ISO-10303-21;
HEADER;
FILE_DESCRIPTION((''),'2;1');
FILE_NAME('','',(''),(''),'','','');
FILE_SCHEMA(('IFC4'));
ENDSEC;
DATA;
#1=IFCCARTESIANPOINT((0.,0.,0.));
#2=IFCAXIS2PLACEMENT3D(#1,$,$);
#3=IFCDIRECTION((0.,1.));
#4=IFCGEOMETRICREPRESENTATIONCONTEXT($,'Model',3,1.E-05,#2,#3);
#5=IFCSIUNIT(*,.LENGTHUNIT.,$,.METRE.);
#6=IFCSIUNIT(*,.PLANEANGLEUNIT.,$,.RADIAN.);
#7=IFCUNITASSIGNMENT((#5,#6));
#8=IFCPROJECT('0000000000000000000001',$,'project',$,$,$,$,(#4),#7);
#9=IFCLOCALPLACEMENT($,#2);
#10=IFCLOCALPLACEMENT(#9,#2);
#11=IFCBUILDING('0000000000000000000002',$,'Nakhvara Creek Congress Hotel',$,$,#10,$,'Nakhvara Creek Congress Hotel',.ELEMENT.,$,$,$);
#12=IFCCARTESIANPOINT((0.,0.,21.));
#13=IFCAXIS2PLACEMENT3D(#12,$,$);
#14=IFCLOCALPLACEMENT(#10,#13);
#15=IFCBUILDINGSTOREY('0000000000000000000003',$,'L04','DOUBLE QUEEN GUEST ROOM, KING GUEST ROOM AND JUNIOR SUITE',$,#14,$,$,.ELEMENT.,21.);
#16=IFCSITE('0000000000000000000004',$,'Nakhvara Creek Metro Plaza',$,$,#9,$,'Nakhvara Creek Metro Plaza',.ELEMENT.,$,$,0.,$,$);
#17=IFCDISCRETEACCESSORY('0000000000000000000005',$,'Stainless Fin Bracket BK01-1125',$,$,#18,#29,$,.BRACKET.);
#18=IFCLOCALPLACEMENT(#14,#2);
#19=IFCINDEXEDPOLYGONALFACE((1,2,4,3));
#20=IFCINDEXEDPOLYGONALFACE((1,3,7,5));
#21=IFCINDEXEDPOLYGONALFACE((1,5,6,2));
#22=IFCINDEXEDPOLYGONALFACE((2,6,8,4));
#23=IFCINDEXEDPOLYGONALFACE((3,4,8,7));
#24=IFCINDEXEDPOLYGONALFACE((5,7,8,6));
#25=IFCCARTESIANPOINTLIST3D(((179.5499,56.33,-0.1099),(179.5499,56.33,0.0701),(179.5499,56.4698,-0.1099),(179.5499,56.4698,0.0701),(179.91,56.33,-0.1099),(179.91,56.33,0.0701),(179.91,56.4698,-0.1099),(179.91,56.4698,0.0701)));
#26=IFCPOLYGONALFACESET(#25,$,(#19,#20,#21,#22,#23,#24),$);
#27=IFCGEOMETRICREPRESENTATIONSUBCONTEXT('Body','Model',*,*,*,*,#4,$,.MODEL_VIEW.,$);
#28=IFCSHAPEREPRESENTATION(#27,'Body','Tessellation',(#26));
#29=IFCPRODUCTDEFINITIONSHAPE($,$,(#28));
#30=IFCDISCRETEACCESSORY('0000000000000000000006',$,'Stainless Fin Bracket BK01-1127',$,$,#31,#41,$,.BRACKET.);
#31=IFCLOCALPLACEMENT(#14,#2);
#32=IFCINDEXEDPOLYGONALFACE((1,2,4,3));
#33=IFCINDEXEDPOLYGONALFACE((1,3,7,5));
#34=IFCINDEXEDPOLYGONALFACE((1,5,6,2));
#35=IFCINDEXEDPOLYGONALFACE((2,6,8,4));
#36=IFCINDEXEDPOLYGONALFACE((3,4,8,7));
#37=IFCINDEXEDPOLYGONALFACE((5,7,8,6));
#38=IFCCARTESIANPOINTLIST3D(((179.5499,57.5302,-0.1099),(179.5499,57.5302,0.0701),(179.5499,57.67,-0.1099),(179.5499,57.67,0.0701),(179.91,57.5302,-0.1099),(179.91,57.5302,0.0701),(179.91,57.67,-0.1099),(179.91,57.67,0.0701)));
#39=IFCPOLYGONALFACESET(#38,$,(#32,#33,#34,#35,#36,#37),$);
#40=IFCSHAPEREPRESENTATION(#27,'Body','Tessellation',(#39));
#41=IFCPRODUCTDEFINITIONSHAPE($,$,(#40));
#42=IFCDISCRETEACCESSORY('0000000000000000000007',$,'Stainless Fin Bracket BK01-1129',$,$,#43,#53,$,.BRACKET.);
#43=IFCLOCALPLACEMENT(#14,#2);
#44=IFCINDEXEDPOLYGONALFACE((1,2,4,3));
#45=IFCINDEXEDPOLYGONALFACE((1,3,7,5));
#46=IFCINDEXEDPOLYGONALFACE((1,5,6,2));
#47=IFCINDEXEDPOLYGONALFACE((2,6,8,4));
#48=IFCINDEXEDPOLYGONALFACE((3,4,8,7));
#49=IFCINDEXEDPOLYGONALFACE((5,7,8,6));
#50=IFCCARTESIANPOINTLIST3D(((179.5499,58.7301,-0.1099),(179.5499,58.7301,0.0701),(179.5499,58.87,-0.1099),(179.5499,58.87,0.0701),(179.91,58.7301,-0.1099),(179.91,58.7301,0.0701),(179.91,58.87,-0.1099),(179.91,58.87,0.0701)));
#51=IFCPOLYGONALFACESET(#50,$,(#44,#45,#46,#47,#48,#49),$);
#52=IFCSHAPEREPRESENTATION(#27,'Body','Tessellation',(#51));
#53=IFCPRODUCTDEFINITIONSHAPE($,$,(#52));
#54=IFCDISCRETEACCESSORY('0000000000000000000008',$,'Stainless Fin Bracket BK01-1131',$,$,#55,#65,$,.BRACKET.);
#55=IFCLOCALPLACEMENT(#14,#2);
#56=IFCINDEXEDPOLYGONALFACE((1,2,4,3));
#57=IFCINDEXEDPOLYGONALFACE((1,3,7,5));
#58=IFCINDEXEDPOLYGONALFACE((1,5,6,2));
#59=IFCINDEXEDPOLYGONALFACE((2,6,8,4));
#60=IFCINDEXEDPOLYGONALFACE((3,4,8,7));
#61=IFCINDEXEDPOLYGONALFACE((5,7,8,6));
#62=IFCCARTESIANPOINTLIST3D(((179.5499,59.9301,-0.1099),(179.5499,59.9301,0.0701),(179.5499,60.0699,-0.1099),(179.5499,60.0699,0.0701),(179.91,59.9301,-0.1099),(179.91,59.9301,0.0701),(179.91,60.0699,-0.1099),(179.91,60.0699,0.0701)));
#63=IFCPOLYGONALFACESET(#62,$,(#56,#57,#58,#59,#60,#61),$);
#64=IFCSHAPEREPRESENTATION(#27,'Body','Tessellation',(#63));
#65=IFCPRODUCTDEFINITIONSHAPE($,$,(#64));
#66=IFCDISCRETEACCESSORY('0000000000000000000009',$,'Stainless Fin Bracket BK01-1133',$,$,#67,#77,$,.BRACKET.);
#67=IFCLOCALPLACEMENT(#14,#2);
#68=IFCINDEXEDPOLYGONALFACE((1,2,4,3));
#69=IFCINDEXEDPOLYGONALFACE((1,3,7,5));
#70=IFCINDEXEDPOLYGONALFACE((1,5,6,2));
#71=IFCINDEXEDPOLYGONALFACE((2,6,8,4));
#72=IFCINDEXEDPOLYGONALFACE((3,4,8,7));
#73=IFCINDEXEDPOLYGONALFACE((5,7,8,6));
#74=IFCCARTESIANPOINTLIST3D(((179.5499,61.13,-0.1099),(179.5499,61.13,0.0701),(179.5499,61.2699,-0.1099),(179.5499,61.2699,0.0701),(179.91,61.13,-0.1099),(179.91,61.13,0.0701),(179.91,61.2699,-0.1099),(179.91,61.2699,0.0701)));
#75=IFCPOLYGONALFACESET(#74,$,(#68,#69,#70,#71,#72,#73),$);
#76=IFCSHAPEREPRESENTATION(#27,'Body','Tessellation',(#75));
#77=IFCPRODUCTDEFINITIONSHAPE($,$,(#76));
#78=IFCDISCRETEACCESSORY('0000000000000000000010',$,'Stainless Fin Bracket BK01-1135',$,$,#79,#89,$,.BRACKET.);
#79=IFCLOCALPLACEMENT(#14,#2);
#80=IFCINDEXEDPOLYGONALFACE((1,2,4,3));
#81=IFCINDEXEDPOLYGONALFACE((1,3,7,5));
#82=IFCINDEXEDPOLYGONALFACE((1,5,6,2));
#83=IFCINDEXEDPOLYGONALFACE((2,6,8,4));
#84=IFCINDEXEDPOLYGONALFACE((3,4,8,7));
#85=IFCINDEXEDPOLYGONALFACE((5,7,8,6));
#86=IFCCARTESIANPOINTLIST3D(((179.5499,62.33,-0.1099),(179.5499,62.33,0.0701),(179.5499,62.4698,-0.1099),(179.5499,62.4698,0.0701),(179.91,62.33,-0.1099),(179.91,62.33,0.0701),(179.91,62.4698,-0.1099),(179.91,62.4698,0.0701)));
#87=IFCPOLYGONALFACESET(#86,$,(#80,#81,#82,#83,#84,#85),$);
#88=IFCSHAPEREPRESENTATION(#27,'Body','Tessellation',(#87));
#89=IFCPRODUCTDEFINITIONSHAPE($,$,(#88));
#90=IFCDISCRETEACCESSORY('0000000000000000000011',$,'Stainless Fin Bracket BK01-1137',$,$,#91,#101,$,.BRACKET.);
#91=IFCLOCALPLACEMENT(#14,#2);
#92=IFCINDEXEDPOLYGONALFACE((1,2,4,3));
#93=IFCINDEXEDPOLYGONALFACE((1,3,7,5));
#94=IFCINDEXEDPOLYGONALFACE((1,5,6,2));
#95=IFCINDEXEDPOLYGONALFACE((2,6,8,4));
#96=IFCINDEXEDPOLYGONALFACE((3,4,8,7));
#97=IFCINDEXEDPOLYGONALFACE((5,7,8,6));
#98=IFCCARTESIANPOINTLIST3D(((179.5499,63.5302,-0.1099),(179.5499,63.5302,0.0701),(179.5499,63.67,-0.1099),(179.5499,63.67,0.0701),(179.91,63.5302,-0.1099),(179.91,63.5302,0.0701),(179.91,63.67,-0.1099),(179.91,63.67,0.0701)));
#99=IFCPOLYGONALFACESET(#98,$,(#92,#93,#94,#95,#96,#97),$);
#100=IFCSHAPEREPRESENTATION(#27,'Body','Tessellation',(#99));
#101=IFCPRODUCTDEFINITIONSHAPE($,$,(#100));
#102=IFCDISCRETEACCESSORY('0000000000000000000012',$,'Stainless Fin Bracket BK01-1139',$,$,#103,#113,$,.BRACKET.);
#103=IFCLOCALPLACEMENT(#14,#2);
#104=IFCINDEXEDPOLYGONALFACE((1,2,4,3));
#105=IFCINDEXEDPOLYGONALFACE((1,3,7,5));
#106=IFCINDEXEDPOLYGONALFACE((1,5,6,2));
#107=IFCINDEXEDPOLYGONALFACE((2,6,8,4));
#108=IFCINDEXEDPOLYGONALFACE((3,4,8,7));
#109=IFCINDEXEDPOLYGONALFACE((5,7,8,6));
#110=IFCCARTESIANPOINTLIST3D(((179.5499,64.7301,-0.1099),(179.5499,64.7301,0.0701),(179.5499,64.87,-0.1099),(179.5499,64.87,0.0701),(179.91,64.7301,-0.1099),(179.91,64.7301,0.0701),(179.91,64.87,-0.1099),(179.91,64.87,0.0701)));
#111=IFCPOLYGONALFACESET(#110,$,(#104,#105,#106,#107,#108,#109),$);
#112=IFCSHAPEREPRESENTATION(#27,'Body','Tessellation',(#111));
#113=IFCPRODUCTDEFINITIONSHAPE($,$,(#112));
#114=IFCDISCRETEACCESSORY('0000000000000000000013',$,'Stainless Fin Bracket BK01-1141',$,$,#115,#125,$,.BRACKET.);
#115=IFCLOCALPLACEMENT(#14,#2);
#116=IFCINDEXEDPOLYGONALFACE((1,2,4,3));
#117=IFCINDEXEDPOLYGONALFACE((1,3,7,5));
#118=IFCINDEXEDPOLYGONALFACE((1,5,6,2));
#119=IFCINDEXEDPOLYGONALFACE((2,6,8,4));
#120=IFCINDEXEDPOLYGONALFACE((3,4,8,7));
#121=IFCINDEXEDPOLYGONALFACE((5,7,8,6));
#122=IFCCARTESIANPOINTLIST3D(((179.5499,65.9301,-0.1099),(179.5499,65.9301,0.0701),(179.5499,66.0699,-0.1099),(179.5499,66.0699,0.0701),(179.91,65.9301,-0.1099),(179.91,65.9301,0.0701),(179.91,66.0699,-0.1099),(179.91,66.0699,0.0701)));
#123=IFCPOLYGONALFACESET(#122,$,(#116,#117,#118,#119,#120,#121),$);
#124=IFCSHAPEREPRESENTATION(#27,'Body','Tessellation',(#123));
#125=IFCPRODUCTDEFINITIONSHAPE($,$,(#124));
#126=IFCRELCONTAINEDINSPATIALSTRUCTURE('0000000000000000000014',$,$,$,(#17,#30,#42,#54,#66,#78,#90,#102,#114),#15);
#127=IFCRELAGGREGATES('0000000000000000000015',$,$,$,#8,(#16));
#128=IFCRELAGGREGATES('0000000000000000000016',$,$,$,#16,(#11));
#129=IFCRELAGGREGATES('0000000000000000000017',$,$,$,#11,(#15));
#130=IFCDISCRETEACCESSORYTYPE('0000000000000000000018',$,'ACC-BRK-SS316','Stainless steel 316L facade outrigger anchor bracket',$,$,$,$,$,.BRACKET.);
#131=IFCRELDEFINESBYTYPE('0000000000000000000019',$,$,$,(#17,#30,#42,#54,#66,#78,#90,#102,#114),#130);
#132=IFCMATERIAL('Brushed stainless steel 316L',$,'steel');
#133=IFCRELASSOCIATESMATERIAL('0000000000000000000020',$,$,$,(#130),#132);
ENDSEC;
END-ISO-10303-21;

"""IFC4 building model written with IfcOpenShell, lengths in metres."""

from ifc_helpers import new_model, si_unit, direction, frame, origin, origin_2d, place, context, subcontext, project, spatial, rectangle, extrude, material, type_object, element, save


model = new_model("IFC4")

# Units and contexts
model_context = context("Model", 3, precision=1e-05, world=origin(), true_north=direction((0.0, 1.0)))
body_context = subcontext(model_context, "Body", "Model", "MODEL_VIEW")
ifc_project = project(units=[si_unit("LENGTHUNIT", "METRE"), si_unit("PLANEANGLEUNIT", "RADIAN")], contexts=[model_context])

# Site, building, storey
site_placement = place(None, origin())
site = spatial("IfcSite", under=ifc_project, at=site_placement, Name="Nakhvara Creek Metro Plaza", LongName="Nakhvara Creek Metro Plaza", CompositionType="ELEMENT", RefElevation=0.0)
building_placement = place(site_placement, origin())
building = spatial("IfcBuilding", under=site, at=building_placement, Name="Nakhvara Creek Congress Hotel", LongName="Nakhvara Creek Congress Hotel", CompositionType="ELEMENT")
storey_placement = place(building_placement, frame((0.0, 0.0, 21.0)))
storey = spatial("IfcBuildingStorey", under=building, at=storey_placement, Name="L04", Description="DOUBLE QUEEN GUEST ROOM, KING GUEST ROOM AND JUNIOR SUITE", CompositionType="ELEMENT", Elevation=21.0)

# Discrete accessories
ifc_material_1 = material(Name="Brushed stainless steel 316L", Category="steel")
discrete_accessory_type = type_object("IfcDiscreteAccessoryType", Name="ACC-BRK-SS316", Description="Stainless steel 316L facade outrigger anchor bracket", PredefinedType="BRACKET", material=ifc_material_1)
for number, where, z_axis, x_axis, name in (
    (1, (179.73, 56.3999, -0.1099), (0.0, 0.0, 1.0), (0.0, 1.0, 0.0), "Stainless Fin Bracket BK01-1125"),
    (2, (179.73, 57.6001, -0.1099), (0.0, 0.0, 1.0), (0.0, 1.0, 0.0), "Stainless Fin Bracket BK01-1127"),
    (3, (179.73, 58.8, -0.1099), (0.0, 0.0, 1.0), (0.0, 1.0, 0.0), "Stainless Fin Bracket BK01-1129"),
    (4, (179.73, 60.0, -0.1099), (0.0, 0.0, 1.0), (0.0, 1.0, 0.0), "Stainless Fin Bracket BK01-1131"),
    (5, (179.73, 61.2, -0.1099), (0.0, 0.0, 1.0), (0.0, 1.0, 0.0), "Stainless Fin Bracket BK01-1133"),
    (6, (179.73, 62.3999, -0.1099), (0.0, 0.0, 1.0), (0.0, 1.0, 0.0), "Stainless Fin Bracket BK01-1135"),
    (7, (179.73, 63.6001, -0.1099), (0.0, 0.0, 1.0), (0.0, 1.0, 0.0), "Stainless Fin Bracket BK01-1137"),
    (8, (179.73, 64.8, -0.1099), (0.0, 0.0, 1.0), (0.0, 1.0, 0.0), "Stainless Fin Bracket BK01-1139"),
    (9, (179.73, 66.0, -0.1099), (0.0, 0.0, 1.0), (0.0, 1.0, 0.0), "Stainless Fin Bracket BK01-1141"),
):
    element("IfcDiscreteAccessory", number, at=place(storey_placement, frame(where, z_axis=z_axis, x_axis=x_axis)), inside=storey, type_object=discrete_accessory_type, Name=name, PredefinedType="BRACKET", context=body_context, shape_type="SweptSolid", body=[
        extrude(rectangle(XDim=0.1399, YDim=0.3601, at=origin_2d()), origin(), (0.0, 0.0, 1.0), 0.1799),
    ])

save(model, "model.ifc")
